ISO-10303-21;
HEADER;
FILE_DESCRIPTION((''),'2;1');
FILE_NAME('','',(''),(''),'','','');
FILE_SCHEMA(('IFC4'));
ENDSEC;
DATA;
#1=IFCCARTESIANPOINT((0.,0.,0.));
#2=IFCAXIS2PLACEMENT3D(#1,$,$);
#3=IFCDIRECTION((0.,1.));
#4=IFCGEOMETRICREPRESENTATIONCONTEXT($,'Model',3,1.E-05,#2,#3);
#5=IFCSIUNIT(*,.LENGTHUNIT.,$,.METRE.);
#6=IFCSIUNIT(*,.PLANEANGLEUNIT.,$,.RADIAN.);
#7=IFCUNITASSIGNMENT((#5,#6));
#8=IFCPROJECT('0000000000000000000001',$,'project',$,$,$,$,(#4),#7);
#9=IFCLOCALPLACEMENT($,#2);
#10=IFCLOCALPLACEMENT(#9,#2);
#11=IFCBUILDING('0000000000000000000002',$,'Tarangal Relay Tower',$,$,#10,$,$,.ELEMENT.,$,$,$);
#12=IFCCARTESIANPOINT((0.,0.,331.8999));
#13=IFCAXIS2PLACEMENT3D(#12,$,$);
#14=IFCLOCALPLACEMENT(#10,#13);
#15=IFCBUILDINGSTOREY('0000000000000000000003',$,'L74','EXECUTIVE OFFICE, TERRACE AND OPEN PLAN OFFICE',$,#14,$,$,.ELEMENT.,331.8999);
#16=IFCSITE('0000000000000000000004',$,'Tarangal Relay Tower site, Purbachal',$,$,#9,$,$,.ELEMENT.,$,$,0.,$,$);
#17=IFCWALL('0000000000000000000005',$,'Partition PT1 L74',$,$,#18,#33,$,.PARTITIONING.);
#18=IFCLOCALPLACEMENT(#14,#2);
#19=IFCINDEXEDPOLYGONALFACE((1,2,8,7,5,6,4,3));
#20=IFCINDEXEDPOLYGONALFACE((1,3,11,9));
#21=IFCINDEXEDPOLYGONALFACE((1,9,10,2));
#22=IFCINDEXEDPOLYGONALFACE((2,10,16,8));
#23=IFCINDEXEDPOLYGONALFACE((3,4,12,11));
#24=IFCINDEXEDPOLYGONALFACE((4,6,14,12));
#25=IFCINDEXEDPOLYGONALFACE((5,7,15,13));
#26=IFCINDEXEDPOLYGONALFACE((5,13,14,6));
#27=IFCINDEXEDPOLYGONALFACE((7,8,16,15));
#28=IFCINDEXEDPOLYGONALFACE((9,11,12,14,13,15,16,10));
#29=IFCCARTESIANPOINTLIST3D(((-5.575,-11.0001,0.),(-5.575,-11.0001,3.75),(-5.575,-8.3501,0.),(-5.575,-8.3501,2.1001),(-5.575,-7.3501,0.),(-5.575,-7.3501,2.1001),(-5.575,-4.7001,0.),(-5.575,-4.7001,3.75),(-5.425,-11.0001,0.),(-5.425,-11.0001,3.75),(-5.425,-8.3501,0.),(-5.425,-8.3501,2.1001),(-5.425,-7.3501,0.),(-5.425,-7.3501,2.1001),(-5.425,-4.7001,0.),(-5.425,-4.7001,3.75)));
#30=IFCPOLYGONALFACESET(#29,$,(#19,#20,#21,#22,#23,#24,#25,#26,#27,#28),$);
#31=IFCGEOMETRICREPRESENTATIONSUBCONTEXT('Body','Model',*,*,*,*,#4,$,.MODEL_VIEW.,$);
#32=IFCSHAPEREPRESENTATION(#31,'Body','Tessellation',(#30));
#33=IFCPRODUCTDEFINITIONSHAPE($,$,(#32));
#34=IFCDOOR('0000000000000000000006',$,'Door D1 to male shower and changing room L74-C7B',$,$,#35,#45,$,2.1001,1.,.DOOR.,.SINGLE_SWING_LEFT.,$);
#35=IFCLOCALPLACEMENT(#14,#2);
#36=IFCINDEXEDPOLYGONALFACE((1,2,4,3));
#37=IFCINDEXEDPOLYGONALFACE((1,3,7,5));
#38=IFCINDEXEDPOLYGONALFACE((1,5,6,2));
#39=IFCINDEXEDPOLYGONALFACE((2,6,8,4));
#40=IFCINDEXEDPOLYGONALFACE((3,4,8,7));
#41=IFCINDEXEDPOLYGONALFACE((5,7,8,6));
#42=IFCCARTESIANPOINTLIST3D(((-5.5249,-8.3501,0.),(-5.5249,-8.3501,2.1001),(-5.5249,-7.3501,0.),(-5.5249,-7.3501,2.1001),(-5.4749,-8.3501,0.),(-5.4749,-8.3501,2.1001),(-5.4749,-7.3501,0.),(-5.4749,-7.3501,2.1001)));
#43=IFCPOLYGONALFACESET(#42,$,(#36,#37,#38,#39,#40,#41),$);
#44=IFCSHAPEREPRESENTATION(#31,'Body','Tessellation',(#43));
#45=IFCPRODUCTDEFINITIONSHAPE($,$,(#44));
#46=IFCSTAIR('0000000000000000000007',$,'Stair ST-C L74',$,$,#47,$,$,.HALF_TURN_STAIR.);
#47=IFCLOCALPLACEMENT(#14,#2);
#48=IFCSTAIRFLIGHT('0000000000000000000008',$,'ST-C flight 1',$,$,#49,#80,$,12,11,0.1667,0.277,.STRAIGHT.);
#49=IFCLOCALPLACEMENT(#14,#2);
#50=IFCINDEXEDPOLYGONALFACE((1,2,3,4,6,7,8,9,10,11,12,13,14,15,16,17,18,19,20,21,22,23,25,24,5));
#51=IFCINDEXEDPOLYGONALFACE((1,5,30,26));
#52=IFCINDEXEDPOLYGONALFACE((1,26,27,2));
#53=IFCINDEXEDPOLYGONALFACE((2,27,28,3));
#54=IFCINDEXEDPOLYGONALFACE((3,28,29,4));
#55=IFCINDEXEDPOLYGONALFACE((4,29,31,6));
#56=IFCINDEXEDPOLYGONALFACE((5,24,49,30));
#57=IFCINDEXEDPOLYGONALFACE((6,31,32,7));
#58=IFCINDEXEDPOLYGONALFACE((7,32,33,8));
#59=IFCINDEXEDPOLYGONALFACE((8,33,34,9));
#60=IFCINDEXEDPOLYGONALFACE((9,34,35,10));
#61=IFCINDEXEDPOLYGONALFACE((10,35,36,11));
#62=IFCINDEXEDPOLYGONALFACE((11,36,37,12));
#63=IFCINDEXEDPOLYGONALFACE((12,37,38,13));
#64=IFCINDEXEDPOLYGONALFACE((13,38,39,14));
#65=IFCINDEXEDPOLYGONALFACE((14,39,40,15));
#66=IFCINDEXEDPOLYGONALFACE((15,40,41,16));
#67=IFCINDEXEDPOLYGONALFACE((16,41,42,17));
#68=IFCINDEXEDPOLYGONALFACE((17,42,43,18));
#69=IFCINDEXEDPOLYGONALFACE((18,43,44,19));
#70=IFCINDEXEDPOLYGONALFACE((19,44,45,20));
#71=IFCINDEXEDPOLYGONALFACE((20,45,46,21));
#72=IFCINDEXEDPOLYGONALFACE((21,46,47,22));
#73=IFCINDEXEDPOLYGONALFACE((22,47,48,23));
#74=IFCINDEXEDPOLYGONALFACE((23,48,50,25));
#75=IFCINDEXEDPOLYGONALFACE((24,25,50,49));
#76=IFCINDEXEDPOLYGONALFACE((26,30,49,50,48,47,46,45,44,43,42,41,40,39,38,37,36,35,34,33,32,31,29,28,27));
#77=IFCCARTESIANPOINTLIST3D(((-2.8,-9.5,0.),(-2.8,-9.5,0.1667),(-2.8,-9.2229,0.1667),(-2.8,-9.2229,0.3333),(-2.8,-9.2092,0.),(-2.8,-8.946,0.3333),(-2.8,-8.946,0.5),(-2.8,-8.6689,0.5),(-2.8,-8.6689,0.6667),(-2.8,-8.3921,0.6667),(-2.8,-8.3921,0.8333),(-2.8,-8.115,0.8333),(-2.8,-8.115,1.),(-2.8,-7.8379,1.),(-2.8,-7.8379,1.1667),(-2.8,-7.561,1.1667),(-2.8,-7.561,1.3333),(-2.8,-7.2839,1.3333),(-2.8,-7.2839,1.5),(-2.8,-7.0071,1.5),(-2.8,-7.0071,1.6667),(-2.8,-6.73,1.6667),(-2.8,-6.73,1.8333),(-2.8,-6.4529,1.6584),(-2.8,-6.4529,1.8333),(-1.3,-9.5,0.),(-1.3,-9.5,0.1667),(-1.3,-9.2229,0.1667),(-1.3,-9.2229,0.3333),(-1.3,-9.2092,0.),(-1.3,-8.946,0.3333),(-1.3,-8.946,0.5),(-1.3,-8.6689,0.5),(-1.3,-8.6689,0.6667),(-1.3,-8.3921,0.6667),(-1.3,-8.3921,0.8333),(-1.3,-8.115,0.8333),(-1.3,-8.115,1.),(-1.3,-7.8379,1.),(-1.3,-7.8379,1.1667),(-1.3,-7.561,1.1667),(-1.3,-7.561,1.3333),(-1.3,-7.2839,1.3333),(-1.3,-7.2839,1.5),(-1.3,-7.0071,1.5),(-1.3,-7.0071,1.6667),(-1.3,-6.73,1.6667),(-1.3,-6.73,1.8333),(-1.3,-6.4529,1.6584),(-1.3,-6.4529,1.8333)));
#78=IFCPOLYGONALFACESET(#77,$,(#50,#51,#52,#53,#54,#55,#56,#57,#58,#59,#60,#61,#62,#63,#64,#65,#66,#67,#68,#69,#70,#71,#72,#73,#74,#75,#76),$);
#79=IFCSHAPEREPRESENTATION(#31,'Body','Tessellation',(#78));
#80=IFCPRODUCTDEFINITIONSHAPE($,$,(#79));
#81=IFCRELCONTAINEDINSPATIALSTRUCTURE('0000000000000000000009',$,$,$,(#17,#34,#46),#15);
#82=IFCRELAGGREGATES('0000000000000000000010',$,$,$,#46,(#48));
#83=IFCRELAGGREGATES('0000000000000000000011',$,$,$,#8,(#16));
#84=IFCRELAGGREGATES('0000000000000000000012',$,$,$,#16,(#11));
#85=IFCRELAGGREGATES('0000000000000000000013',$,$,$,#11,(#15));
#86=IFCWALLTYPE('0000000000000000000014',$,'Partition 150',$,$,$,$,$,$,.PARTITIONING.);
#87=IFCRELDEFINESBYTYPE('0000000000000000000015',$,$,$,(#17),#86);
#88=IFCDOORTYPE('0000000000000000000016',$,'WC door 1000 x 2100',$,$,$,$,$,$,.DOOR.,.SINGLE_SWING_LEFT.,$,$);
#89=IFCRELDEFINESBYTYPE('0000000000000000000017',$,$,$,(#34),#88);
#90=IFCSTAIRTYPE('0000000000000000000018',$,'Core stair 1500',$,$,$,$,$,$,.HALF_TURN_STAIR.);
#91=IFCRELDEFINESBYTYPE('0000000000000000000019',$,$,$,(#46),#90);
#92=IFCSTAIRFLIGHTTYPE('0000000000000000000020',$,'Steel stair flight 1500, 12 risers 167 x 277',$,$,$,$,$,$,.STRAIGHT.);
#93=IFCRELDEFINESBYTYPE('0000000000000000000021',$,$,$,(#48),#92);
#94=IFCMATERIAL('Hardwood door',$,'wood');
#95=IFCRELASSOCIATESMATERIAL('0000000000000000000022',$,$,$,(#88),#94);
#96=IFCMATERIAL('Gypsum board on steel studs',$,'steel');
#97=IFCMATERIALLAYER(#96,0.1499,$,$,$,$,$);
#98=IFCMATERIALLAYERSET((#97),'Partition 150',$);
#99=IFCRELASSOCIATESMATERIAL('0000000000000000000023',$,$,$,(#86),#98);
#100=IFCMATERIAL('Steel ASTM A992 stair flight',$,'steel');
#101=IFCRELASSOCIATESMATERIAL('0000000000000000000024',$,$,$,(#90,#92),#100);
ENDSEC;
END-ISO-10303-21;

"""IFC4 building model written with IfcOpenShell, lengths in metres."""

from ifc_helpers import new_model, si_unit, direction, frame, frame_2d, origin, place, context, subcontext, project, spatial, polyline, rectangle, outline, extrude, material, layer, layer_set, type_object, element, fill, aggregate, save


model = new_model("IFC4")

# Units and contexts
model_context = context("Model", 3, precision=1e-05, world=origin(), true_north=direction((0.0, 1.0)))
body_context = subcontext(model_context, "Body", "Model", "MODEL_VIEW")
ifc_project = project(units=[si_unit("LENGTHUNIT", "METRE"), si_unit("PLANEANGLEUNIT", "RADIAN")], contexts=[model_context])

# Site, building, storey
site_placement = place(None, origin())
site = spatial("IfcSite", under=ifc_project, at=site_placement, Name="Tarangal Relay Tower site, Purbachal", CompositionType="ELEMENT", RefElevation=0.0)
building_placement = place(site_placement, origin())
building = spatial("IfcBuilding", under=site, at=building_placement, Name="Tarangal Relay Tower", CompositionType="ELEMENT")
storey_placement = place(building_placement, frame((0.0, 0.0, 331.8999)))
storey = spatial("IfcBuildingStorey", under=building, at=storey_placement, Name="L74", Description="EXECUTIVE OFFICE, TERRACE AND OPEN PLAN OFFICE", CompositionType="ELEMENT", Elevation=331.8999)

# Shared definitions
ifc_material_1 = material(Name="Hardwood door", Category="wood")
door_type_1 = type_object("IfcDoorType", Name="WC door 1000 x 2100", OperationType="SINGLE_SWING_LEFT", PredefinedType="DOOR", material=ifc_material_1)

# Shared definitions
ifc_material_2 = material(Name="Gypsum board on steel studs", Category="steel")
ifc_layer_1 = layer(ifc_material_2, 0.1499)
ifc_layer_set_1 = layer_set([ifc_layer_1], Name="Partition 150")
wall_type_1 = type_object("IfcWallType", Name="Partition 150", PredefinedType="PARTITIONING", material=ifc_layer_set_1)

# Wall, opening, door
wall_1_placement = place(storey_placement, frame((-5.5, -11.0, 0.0), z_axis=(0.0, 0.0, 1.0), x_axis=(0.0, 1.0, 0.0)))
wall_1 = element("IfcWall", 1, at=wall_1_placement, inside=storey, type_object=wall_type_1, Name="Partition PT1 L74", PredefinedType="PARTITIONING", context=body_context, shape_type="SweptSolid", body=[
    extrude(rectangle(XDim=6.3, YDim=0.1499, at=frame_2d((3.1499, 0.0))), origin(), (0.0, 0.0, 1.0), 3.75),
])
opening_1_placement = place(wall_1_placement, frame((2.6499, 0.0, 0.0)))
opening_1 = element("IfcOpeningElement", 2, at=opening_1_placement, cuts=wall_1, PredefinedType="OPENING", context=body_context, shape_type="SweptSolid", body=[
    extrude(rectangle(XDim=1.0, YDim=2.1001, at=frame_2d((0.5, 1.05))), frame((0.0, 0.085, 0.0), z_axis=(0.0, -1.0, 0.0), x_axis=(1.0, 0.0, 0.0)), (0.0, 0.0, 1.0), 0.1699),
])
door_1_placement = place(opening_1_placement, origin())
door_1 = element("IfcDoor", 3, at=door_1_placement, inside=storey, type_object=door_type_1, Name="Door D1 to male shower and changing room L74-C7B", OperationType="SINGLE_SWING_LEFT", OverallHeight=2.1001, OverallWidth=1.0, PredefinedType="DOOR", context=body_context, shape_type="SweptSolid", body=[
    extrude(rectangle(XDim=1.0, YDim=2.1001, at=frame_2d((0.5, 1.05))), frame((0.0, 0.0249, 0.0), z_axis=(0.0, -1.0, 0.0), x_axis=(1.0, 0.0, 0.0)), (0.0, 0.0, 1.0), 0.05),
])
fill(opening_1, door_1)

# Stair, stair flight
ifc_material_3 = material(Name="Steel ASTM A992 stair flight", Category="steel")
stair_type = type_object("IfcStairType", Name="Core stair 1500", PredefinedType="HALF_TURN_STAIR", material=ifc_material_3)
stair_placement = place(storey_placement, origin())
stair = element("IfcStair", 4, at=stair_placement, inside=storey, type_object=stair_type, Name="Stair ST-C L74", PredefinedType="HALF_TURN_STAIR")
stair_flight_type = type_object("IfcStairFlightType", Name="Steel stair flight 1500, 12 risers 167 x 277", PredefinedType="STRAIGHT", material=ifc_material_3)
stair_flight_placement = place(storey_placement, frame((-2.05, -9.5, 0.0), z_axis=(0.0, 0.0, 1.0), x_axis=(0.0, 1.0, 0.0)))
stair_flight = element("IfcStairFlight", 5, at=stair_flight_placement, type_object=stair_flight_type, Name="ST-C flight 1", NumberOfRisers=12, NumberOfTreads=11, PredefinedType="STRAIGHT", RiserHeight=0.1667, TreadLength=0.277, context=body_context, shape_type="SweptSolid", body=[
    extrude(outline(polyline([(0.0, 0.0), (0.0, 0.1667), (0.2771, 0.1667), (0.2771, 0.3333), (0.554, 0.3333), (0.554, 0.5), (0.8311, 0.5), (0.8311, 0.6667), (1.1079, 0.6667), (1.1079, 0.8333), (1.385, 0.8333), (1.385, 1.0), (1.6621, 1.0), (1.6621, 1.1667), (1.939, 1.1667), (1.939, 1.3333), (2.2161, 1.3333), (2.2161, 1.5), (2.4929, 1.5), (2.4929, 1.6667), (2.77, 1.6667), (2.77, 1.8333), (3.0471, 1.8333), (3.0471, 2.0), (3.0471, 1.6584), (0.2908, 0.0), (0.0, 0.0)])), frame((0.0, 0.75, 0.0), z_axis=(0.0, -1.0, 0.0), x_axis=(1.0, 0.0, 0.0)), (0.0, 0.0, 1.0), 1.5),
])
aggregate(stair, [stair_flight])

save(model, "model.ifc")
